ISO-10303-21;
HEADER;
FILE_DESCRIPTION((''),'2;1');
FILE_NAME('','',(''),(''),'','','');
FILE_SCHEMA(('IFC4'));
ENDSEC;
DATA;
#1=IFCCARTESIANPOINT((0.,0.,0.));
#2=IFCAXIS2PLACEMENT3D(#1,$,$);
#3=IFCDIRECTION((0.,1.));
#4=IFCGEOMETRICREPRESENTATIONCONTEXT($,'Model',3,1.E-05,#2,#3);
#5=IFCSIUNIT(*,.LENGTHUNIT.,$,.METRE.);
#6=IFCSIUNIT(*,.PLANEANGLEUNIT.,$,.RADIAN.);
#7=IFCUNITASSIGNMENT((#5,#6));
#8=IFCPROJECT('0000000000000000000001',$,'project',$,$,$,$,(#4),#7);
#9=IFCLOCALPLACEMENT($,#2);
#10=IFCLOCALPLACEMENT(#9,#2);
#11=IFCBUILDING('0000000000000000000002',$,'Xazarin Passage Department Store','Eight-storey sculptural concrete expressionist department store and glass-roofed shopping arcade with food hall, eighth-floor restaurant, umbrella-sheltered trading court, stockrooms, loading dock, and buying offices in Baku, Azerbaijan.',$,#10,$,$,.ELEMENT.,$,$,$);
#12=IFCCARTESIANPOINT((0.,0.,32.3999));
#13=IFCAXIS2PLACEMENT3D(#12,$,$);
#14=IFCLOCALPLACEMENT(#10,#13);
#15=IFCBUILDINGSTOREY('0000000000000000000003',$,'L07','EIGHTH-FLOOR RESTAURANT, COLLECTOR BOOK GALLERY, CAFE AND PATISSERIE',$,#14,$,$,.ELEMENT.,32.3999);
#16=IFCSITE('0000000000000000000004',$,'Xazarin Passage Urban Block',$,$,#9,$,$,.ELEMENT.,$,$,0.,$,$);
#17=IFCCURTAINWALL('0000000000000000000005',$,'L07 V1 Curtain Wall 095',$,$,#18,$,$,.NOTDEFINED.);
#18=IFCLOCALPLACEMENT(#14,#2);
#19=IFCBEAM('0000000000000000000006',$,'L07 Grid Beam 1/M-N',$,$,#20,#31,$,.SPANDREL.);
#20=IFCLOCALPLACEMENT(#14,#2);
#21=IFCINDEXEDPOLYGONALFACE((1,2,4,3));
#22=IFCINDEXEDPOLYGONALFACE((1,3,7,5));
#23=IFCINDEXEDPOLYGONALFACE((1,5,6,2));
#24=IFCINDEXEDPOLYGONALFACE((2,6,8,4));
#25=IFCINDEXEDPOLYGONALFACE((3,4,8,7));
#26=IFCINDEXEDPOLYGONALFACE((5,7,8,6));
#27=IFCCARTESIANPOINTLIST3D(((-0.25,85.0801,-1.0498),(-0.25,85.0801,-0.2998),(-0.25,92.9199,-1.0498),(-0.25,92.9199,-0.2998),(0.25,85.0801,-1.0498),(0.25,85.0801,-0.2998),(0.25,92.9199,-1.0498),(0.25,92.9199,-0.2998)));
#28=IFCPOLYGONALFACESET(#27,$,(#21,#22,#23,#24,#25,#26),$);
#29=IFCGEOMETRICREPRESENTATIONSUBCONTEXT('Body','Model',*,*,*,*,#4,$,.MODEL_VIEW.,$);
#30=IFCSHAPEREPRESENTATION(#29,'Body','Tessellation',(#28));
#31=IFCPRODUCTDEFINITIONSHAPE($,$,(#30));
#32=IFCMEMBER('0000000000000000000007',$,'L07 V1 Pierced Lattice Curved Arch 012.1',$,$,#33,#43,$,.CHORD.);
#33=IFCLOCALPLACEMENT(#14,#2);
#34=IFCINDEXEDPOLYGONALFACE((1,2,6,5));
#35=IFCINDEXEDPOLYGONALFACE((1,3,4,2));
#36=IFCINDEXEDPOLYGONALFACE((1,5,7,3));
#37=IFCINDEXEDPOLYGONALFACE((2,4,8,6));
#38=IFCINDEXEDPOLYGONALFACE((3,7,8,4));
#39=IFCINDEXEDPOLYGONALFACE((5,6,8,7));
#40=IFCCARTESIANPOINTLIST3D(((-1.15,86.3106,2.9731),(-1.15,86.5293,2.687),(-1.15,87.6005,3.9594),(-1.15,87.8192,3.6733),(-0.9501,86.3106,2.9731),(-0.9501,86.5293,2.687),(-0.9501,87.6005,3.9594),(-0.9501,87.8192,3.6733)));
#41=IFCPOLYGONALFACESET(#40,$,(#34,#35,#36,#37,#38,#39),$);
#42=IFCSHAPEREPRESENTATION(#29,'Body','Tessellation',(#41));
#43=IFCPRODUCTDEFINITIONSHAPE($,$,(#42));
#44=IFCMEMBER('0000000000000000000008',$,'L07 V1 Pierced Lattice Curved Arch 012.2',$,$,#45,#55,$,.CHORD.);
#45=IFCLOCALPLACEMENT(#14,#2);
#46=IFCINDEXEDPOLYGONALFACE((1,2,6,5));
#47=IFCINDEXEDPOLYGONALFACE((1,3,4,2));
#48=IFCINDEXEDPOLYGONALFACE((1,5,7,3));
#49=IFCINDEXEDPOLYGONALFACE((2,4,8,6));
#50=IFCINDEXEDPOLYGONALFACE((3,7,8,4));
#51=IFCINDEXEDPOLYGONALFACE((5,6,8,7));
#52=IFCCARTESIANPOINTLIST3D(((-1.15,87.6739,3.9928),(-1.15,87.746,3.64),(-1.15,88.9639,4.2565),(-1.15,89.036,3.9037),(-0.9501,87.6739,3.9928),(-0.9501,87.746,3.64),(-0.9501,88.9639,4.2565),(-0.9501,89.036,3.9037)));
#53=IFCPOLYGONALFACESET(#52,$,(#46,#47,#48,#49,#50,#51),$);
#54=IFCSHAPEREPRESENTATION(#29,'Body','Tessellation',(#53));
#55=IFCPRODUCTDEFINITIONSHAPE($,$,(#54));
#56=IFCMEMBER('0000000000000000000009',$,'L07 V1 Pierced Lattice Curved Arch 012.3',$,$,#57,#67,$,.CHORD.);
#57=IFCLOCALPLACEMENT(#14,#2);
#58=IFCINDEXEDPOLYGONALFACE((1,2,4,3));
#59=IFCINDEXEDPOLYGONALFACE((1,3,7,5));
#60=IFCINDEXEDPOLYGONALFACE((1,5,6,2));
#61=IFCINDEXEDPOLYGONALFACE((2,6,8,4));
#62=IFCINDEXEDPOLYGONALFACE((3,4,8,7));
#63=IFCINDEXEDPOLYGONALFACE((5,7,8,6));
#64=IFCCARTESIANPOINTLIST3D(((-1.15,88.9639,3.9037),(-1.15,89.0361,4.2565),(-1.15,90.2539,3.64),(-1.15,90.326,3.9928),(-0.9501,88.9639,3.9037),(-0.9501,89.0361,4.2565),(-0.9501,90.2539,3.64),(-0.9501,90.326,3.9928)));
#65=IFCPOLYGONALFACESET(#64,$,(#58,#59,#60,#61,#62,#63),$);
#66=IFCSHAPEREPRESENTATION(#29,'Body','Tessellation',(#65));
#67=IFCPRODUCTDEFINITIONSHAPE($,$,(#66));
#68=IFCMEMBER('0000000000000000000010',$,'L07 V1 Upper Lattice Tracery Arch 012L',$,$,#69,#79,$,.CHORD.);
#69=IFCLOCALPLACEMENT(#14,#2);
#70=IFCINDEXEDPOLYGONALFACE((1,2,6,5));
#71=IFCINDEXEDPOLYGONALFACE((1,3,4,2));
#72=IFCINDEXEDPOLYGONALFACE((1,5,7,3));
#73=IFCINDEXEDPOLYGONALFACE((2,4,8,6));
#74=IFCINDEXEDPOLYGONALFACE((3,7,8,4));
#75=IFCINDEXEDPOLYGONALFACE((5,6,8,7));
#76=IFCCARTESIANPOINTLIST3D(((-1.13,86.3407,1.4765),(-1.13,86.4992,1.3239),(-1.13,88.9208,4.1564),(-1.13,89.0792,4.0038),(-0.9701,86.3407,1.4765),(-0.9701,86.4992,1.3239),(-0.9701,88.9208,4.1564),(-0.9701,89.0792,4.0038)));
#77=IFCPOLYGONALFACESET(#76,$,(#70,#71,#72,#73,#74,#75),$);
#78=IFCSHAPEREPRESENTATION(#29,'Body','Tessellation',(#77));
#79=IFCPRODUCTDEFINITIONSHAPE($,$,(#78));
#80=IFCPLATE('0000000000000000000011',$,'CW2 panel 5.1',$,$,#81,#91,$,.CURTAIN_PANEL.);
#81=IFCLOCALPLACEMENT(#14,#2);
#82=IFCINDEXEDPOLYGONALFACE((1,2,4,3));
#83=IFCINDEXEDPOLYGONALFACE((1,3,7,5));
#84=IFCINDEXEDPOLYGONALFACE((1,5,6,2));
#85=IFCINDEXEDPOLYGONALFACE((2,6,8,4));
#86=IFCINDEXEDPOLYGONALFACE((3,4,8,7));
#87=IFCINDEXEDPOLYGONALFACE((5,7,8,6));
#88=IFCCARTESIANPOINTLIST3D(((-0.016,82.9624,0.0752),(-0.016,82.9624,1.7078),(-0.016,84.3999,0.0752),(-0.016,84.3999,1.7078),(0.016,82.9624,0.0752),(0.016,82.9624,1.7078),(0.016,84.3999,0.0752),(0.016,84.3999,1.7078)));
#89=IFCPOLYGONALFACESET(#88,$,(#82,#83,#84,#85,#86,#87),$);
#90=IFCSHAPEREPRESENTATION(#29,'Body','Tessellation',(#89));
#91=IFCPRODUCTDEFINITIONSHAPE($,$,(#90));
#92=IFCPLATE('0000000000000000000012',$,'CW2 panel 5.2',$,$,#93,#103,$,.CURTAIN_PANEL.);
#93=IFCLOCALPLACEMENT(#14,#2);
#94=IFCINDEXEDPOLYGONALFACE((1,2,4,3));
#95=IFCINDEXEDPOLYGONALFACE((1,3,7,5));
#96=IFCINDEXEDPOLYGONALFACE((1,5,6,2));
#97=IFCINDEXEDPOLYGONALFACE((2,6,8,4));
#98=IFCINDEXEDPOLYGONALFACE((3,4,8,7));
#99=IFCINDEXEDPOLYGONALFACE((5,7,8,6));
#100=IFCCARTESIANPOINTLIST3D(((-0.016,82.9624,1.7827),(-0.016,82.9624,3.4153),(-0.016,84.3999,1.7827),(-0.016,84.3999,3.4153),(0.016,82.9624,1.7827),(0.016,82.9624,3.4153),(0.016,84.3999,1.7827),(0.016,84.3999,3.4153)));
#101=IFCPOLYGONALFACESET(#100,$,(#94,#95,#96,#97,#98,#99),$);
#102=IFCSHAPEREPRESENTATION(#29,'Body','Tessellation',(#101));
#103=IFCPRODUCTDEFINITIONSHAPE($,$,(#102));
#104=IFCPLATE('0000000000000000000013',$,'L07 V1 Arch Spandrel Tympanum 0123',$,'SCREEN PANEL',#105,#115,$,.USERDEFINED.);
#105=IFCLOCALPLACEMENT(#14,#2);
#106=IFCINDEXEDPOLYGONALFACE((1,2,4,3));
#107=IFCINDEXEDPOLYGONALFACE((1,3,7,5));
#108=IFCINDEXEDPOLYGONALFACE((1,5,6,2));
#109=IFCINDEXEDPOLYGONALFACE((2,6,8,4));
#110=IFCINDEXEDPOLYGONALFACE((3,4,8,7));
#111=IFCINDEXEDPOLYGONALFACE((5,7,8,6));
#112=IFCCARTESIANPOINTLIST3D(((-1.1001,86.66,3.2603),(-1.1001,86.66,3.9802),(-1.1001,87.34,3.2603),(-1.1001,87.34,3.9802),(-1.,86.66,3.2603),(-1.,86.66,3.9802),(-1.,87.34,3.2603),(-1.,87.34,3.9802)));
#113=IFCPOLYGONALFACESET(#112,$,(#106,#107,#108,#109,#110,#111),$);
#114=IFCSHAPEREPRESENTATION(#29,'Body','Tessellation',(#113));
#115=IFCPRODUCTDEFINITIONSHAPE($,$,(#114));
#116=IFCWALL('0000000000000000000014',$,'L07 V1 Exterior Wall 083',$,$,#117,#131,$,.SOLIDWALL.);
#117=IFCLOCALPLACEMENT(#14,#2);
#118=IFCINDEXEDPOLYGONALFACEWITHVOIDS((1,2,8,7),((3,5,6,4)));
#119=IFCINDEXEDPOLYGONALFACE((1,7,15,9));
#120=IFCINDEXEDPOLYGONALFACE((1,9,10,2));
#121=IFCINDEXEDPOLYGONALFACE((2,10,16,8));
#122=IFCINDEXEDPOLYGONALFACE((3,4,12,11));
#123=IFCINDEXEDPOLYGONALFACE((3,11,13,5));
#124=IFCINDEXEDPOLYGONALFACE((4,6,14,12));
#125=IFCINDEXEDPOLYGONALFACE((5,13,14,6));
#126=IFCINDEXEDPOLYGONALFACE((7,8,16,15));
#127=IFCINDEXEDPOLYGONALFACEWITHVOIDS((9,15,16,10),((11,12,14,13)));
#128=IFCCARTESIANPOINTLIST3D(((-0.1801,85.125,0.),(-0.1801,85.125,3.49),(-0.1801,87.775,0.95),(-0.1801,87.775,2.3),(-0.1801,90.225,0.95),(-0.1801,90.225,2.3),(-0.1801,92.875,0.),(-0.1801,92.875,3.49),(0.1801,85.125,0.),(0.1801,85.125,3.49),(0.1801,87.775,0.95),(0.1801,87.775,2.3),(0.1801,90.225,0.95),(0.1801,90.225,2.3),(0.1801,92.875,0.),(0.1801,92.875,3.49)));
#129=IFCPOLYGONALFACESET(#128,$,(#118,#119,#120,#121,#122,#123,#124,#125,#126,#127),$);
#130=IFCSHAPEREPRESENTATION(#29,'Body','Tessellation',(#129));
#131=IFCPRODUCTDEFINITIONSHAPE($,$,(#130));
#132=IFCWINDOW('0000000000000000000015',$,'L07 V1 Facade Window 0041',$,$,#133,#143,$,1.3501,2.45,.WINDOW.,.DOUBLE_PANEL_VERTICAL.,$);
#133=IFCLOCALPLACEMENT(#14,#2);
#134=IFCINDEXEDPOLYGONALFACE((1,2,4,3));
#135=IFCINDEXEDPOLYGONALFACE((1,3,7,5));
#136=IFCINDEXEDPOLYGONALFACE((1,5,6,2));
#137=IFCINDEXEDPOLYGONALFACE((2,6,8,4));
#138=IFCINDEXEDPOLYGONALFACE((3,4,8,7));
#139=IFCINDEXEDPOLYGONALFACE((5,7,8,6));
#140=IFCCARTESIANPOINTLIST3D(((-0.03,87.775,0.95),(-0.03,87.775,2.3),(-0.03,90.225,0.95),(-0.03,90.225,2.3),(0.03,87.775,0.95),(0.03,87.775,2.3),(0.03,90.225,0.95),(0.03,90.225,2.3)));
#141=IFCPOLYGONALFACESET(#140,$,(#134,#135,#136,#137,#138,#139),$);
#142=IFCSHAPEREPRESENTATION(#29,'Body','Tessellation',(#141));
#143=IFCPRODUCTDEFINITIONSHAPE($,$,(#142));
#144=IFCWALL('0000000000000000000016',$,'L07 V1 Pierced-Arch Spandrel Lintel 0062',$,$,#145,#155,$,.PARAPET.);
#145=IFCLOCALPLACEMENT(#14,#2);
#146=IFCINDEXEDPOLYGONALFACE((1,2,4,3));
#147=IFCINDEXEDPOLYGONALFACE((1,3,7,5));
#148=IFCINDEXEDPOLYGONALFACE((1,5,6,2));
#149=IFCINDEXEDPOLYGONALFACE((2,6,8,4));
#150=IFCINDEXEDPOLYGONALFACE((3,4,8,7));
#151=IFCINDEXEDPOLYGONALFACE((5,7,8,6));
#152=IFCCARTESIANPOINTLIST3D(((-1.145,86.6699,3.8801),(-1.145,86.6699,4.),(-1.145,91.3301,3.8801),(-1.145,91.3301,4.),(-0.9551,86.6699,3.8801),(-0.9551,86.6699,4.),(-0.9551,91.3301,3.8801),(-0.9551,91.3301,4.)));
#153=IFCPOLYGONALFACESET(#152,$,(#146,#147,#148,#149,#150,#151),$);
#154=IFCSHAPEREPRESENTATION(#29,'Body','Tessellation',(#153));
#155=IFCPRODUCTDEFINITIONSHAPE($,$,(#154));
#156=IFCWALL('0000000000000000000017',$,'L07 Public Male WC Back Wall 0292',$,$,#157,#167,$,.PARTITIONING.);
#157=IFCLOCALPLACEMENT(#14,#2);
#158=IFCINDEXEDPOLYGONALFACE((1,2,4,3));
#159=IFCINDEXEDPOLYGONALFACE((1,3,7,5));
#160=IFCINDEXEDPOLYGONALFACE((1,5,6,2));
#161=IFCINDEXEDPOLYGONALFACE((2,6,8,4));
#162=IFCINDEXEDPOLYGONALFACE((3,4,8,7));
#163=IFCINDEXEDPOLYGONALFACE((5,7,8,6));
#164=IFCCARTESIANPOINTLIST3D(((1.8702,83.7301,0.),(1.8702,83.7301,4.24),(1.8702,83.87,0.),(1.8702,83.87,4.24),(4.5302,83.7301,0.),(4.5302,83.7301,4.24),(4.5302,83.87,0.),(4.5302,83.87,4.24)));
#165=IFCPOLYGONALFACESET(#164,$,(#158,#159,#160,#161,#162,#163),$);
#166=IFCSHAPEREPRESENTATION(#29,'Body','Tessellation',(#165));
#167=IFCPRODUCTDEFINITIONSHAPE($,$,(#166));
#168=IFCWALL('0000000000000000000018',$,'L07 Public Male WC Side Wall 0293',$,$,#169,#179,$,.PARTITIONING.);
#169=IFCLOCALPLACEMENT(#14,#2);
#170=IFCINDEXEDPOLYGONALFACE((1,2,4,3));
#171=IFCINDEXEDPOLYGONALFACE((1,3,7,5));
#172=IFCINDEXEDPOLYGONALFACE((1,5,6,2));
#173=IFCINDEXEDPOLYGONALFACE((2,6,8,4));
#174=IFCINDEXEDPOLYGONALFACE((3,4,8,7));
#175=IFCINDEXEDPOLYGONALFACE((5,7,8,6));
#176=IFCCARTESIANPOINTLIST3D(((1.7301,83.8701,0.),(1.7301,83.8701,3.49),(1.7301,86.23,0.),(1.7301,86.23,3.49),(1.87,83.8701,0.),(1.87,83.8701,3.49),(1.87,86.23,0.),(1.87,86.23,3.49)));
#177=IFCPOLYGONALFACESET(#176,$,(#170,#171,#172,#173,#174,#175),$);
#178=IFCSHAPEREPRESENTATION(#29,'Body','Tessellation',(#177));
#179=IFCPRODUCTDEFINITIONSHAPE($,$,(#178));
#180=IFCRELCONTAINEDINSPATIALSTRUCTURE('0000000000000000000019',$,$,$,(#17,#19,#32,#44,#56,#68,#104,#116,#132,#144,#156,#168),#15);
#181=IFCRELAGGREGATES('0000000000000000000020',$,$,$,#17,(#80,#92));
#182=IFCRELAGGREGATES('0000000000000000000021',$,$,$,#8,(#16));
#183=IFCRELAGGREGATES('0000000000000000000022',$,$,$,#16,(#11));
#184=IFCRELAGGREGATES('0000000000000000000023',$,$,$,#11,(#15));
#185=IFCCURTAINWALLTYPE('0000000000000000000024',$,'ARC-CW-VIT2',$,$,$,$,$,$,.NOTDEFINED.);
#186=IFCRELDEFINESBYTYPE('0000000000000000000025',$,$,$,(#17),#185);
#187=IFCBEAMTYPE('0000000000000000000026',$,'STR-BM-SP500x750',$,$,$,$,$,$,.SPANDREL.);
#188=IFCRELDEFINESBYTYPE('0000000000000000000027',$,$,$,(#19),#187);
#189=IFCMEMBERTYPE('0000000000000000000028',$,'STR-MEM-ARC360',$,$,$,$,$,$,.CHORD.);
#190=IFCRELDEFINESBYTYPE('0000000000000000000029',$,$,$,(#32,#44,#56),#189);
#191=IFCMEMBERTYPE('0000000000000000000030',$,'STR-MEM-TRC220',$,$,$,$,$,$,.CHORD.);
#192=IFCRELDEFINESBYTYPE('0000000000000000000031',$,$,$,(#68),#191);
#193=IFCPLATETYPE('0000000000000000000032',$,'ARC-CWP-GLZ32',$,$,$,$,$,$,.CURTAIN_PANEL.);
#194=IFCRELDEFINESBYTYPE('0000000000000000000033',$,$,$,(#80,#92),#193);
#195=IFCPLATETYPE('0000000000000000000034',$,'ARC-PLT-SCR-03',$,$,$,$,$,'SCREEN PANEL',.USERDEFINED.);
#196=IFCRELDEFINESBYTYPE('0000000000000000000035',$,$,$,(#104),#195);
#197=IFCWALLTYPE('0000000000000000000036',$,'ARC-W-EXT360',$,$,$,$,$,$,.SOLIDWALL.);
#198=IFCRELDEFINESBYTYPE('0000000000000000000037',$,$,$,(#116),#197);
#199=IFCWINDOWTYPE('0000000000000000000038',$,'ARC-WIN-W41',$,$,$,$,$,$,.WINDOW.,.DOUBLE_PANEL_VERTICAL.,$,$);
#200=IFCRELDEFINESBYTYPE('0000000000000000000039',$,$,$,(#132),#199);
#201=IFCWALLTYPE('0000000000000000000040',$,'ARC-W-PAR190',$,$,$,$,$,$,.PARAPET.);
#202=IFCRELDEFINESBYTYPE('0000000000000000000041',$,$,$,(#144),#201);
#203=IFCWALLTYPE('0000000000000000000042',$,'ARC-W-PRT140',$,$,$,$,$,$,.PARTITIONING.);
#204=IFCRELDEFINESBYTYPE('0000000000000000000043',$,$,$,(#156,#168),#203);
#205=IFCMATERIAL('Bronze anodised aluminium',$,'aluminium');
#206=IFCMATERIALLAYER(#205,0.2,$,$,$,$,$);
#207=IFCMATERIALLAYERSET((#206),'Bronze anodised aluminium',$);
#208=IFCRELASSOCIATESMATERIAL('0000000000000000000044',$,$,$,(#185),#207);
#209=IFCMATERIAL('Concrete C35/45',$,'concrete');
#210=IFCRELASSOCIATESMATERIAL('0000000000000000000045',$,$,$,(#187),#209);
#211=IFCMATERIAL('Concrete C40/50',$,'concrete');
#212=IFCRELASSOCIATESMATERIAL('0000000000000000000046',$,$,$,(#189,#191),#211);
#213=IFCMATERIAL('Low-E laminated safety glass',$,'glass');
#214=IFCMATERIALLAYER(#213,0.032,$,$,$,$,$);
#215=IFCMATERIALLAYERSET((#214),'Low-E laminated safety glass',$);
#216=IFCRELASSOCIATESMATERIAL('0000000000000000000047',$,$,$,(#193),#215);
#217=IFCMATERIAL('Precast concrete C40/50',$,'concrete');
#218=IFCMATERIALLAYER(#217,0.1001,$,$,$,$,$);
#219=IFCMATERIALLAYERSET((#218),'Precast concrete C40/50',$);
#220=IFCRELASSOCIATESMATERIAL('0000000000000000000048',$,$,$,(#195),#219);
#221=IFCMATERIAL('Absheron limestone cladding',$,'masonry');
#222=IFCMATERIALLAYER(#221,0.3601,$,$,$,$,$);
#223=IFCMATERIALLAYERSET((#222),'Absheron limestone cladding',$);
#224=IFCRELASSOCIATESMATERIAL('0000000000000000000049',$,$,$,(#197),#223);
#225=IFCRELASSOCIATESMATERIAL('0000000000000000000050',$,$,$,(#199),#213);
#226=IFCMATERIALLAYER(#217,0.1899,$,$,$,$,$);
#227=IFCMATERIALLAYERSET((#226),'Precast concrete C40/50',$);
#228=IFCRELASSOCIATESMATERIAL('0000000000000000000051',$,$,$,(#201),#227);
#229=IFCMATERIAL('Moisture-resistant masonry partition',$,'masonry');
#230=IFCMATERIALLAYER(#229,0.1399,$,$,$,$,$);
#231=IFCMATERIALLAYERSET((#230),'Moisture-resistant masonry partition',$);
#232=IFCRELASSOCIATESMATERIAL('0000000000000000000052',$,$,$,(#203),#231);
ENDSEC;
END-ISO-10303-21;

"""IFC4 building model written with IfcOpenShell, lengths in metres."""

from ifc_helpers import new_model, si_unit, direction, frame, frame_2d, origin, origin_2d, place, context, subcontext, project, spatial, rectangle, extrude, material, layer, layer_set, material_profile, profile_set, type_object, element, fill, aggregate, save


model = new_model("IFC4")

# Units and contexts
model_context = context("Model", 3, precision=1e-05, world=origin(), true_north=direction((0.0, 1.0)))
body_context = subcontext(model_context, "Body", "Model", "MODEL_VIEW")
ifc_project = project(units=[si_unit("LENGTHUNIT", "METRE"), si_unit("PLANEANGLEUNIT", "RADIAN")], contexts=[model_context])

# Site, building, storey
site_placement = place(None, origin())
site = spatial("IfcSite", under=ifc_project, at=site_placement, Name="Xazarin Passage Urban Block", CompositionType="ELEMENT", RefElevation=0.0)
building_placement = place(site_placement, origin())
building = spatial("IfcBuilding", under=site, at=building_placement, Name="Xazarin Passage Department Store", Description="Eight-storey sculptural concrete expressionist department store and glass-roofed shopping arcade with food hall, eighth-floor restaurant, umbrella-sheltered trading court, stockrooms, loading dock, and buying offices in Baku, Azerbaijan.", CompositionType="ELEMENT")
storey_placement = place(building_placement, frame((0.0, 0.0, 32.3999)))
storey = spatial("IfcBuildingStorey", under=building, at=storey_placement, Name="L07", Description="EIGHTH-FLOOR RESTAURANT, COLLECTOR BOOK GALLERY, CAFE AND PATISSERIE", CompositionType="ELEMENT", Elevation=32.3999)

# Shared definitions
ifc_material_1 = material(Name="Concrete C40/50", Category="concrete")

# Curtain wall
ifc_material_2 = material(Name="Bronze anodised aluminium", Category="aluminium")
ifc_layer_1 = layer(ifc_material_2, 0.2)
ifc_layer_set_1 = layer_set([ifc_layer_1], Name="Bronze anodised aluminium")
curtain_wall_type = type_object("IfcCurtainWallType", Name="ARC-CW-VIT2", PredefinedType="NOTDEFINED", material=ifc_layer_set_1)
curtain_wall_placement = place(storey_placement, origin())
curtain_wall = element("IfcCurtainWall", 1, at=curtain_wall_placement, inside=storey, type_object=curtain_wall_type, Name="L07 V1 Curtain Wall 095", PredefinedType="NOTDEFINED")

# Beam
ifc_material_3 = material(Name="Concrete C35/45", Category="concrete")
ifc_material_profile_1 = material_profile(ifc_material_3, rectangle(XDim=0.5, YDim=0.75, at=origin_2d()), Name="RC 500x750")
ifc_profile_set_1 = profile_set([ifc_material_profile_1], Name="Concrete C35/45")
beam_type_1 = type_object("IfcBeamType", Name="STR-BM-SP500x750", PredefinedType="SPANDREL", material=ifc_profile_set_1)
beam_1_placement = place(storey_placement, frame((0.0, 85.0801, -0.6748), z_axis=(0.0, 1.0, 0.0), x_axis=(-1.0, 0.0, 0.0)))
element("IfcBeam", 2, at=beam_1_placement, inside=storey, type_object=beam_type_1, Name="L07 Grid Beam 1/M-N", PredefinedType="SPANDREL", context=body_context, shape_type="SweptSolid", body=[
    extrude(rectangle(XDim=0.5, YDim=0.75, at=origin_2d()), origin(), (0.0, 0.0, 1.0), 7.8398),
])

# Members
ifc_material_profile_2 = material_profile(ifc_material_1, rectangle(XDim=0.2, YDim=0.3601, at=origin_2d()), Name="RC 200x360")
ifc_profile_set_2 = profile_set([ifc_material_profile_2], Name="Concrete C40/50")
member_type_1 = type_object("IfcMemberType", Name="STR-MEM-ARC360", PredefinedType="CHORD", material=ifc_profile_set_2)
member_1_placement = place(storey_placement, frame((-1.05, 86.4199, 2.8301), z_axis=(0.0, 0.794409, 0.607383), x_axis=(-1.0, 0.0, 0.0)))
element("IfcMember", 3, at=member_1_placement, inside=storey, type_object=member_type_1, Name="L07 V1 Pierced Lattice Curved Arch 012.1", PredefinedType="CHORD", context=body_context, shape_type="SweptSolid", body=[
    extrude(rectangle(XDim=0.2, YDim=0.3601, at=origin_2d()), origin(), (0.0, 0.0, 1.0), 1.6238),
])
for number, where, z_axis, x_axis, name in (
    (4, (-1.05, 87.71, 3.8164), (0.0, 0.979745, 0.200251), (-1.0, 0.0, 0.0), "L07 V1 Pierced Lattice Curved Arch 012.2"),
    (5, (-1.05, 89.0, 4.0801), (0.0, 0.979745, -0.200251), (-1.0, 0.0, 0.0), "L07 V1 Pierced Lattice Curved Arch 012.3"),
):
    element("IfcMember", number, at=place(storey_placement, frame(where, z_axis=z_axis, x_axis=x_axis)), inside=storey, type_object=member_type_1, Name=name, PredefinedType="CHORD", context=body_context, shape_type="SweptSolid", body=[
        extrude(rectangle(XDim=0.2, YDim=0.3601, at=origin_2d()), origin(), (0.0, 0.0, 1.0), 1.3167),
    ])
ifc_material_profile_3 = material_profile(ifc_material_1, rectangle(XDim=0.1599, YDim=0.22, at=origin_2d()), Name="RC 160x220")
ifc_profile_set_3 = profile_set([ifc_material_profile_3], Name="Concrete C40/50")
member_type_2 = type_object("IfcMemberType", Name="STR-MEM-TRC220", PredefinedType="CHORD", material=ifc_profile_set_3)
member_2_placement = place(storey_placement, frame((-1.05, 89.0, 4.0801), z_axis=(0.0, -0.693558, -0.7204), x_axis=(1.0, 0.0, 0.0)))
element("IfcMember", 6, at=member_2_placement, inside=storey, type_object=member_type_2, Name="L07 V1 Upper Lattice Tracery Arch 012L", PredefinedType="CHORD", context=body_context, shape_type="SweptSolid", body=[
    extrude(rectangle(XDim=0.1599, YDim=0.22, at=origin_2d()), origin(), (0.0, 0.0, 1.0), 3.72),
])

# Plates
ifc_material_4 = material(Name="Low-E laminated safety glass", Category="glass")
ifc_layer_2 = layer(ifc_material_4, 0.032)
ifc_layer_set_2 = layer_set([ifc_layer_2], Name="Low-E laminated safety glass")
plate_type_1 = type_object("IfcPlateType", Name="ARC-CWP-GLZ32", PredefinedType="CURTAIN_PANEL", material=ifc_layer_set_2)
plate_1_placement = place(storey_placement, frame((0.0, 83.6812, 0.0752), z_axis=(0.0, 0.0, 1.0), x_axis=(0.0, 1.0, 0.0)))
plate_1 = element("IfcPlate", 7, at=plate_1_placement, type_object=plate_type_1, Name="CW2 panel 5.1", PredefinedType="CURTAIN_PANEL", context=body_context, shape_type="SweptSolid", body=[
    extrude(rectangle(XDim=1.4375, YDim=0.032, at=origin_2d()), origin(), (0.0, 0.0, 1.0), 1.6326),
])
plate_2_placement = place(storey_placement, frame((0.0, 83.6812, 1.7827), z_axis=(0.0, 0.0, 1.0), x_axis=(0.0, 1.0, 0.0)))
plate_2 = element("IfcPlate", 8, at=plate_2_placement, type_object=plate_type_1, Name="CW2 panel 5.2", PredefinedType="CURTAIN_PANEL", context=body_context, shape_type="SweptSolid", body=[
    extrude(rectangle(XDim=1.4375, YDim=0.032, at=origin_2d()), origin(), (0.0, 0.0, 1.0), 1.6326),
])
aggregate(curtain_wall, [plate_1, plate_2])
ifc_material_5 = material(Name="Precast concrete C40/50", Category="concrete")
ifc_layer_3 = layer(ifc_material_5, 0.1001)
ifc_layer_set_3 = layer_set([ifc_layer_3], Name="Precast concrete C40/50")
plate_type_2 = type_object("IfcPlateType", Name="ARC-PLT-SCR-03", ElementType="SCREEN PANEL", PredefinedType="USERDEFINED", material=ifc_layer_set_3)
plate_3_placement = place(storey_placement, frame((-1.05, 87.0, 3.2603), z_axis=(0.0, 0.0, 1.0), x_axis=(0.0, 1.0, 0.0)))
element("IfcPlate", 9, at=plate_3_placement, inside=storey, type_object=plate_type_2, Name="L07 V1 Arch Spandrel Tympanum 0123", ObjectType="SCREEN PANEL", PredefinedType="USERDEFINED", context=body_context, shape_type="SweptSolid", body=[
    extrude(rectangle(XDim=0.6799, YDim=0.1001, at=origin_2d()), origin(), (0.0, 0.0, 1.0), 0.72),
])

# Wall, opening, window
ifc_material_6 = material(Name="Absheron limestone cladding", Category="masonry")
ifc_layer_4 = layer(ifc_material_6, 0.3601)
ifc_layer_set_4 = layer_set([ifc_layer_4], Name="Absheron limestone cladding")
wall_type_1 = type_object("IfcWallType", Name="ARC-W-EXT360", PredefinedType="SOLIDWALL", material=ifc_layer_set_4)
wall_1_placement = place(storey_placement, frame((0.0, 85.125, 0.0), z_axis=(0.0, 0.0, 1.0), x_axis=(0.0, 1.0, 0.0)))
wall_1 = element("IfcWall", 10, at=wall_1_placement, inside=storey, type_object=wall_type_1, Name="L07 V1 Exterior Wall 083", PredefinedType="SOLIDWALL", context=body_context, shape_type="SweptSolid", body=[
    extrude(rectangle(XDim=7.75, YDim=0.3601, at=frame_2d((3.875, 0.0))), origin(), (0.0, 0.0, 1.0), 3.49),
])
opening_1_placement = place(wall_1_placement, frame((2.6499, 0.0, 0.95)))
opening_1 = element("IfcOpeningElement", 11, at=opening_1_placement, cuts=wall_1, PredefinedType="OPENING", context=body_context, shape_type="SweptSolid", body=[
    extrude(rectangle(XDim=2.45, YDim=1.3501, at=frame_2d((1.2251, 0.675))), frame((0.0, 0.1899, 0.0), z_axis=(0.0, -1.0, 0.0), x_axis=(1.0, 0.0, 0.0)), (0.0, 0.0, 1.0), 0.3801),
])
window_type = type_object("IfcWindowType", Name="ARC-WIN-W41", PartitioningType="DOUBLE_PANEL_VERTICAL", PredefinedType="WINDOW", material=ifc_material_4)
window_placement = place(opening_1_placement, origin())
window = element("IfcWindow", 12, at=window_placement, inside=storey, type_object=window_type, Name="L07 V1 Facade Window 0041", OverallHeight=1.3501, OverallWidth=2.45, PartitioningType="DOUBLE_PANEL_VERTICAL", PredefinedType="WINDOW", context=body_context, shape_type="SweptSolid", body=[
    extrude(rectangle(XDim=2.45, YDim=1.3501, at=frame_2d((1.2251, 0.675))), frame((0.0, 0.03, 0.0), z_axis=(0.0, -1.0, 0.0), x_axis=(1.0, 0.0, 0.0)), (0.0, 0.0, 1.0), 0.0601),
])
fill(opening_1, window)

# Wall
ifc_layer_5 = layer(ifc_material_5, 0.1899)
ifc_layer_set_5 = layer_set([ifc_layer_5], Name="Precast concrete C40/50")
wall_type_2 = type_object("IfcWallType", Name="ARC-W-PAR190", PredefinedType="PARAPET", material=ifc_layer_set_5)
wall_2_placement = place(storey_placement, frame((-1.05, 86.6699, 3.8801), z_axis=(0.0, 0.0, 1.0), x_axis=(0.0, 1.0, 0.0)))
element("IfcWall", 13, at=wall_2_placement, inside=storey, type_object=wall_type_2, Name="L07 V1 Pierced-Arch Spandrel Lintel 0062", PredefinedType="PARAPET", context=body_context, shape_type="SweptSolid", body=[
    extrude(rectangle(XDim=4.6602, YDim=0.1899, at=frame_2d((2.3301, 0.0))), origin(), (0.0, 0.0, 1.0), 0.1199),
])

# Shared definitions
ifc_material_7 = material(Name="Moisture-resistant masonry partition", Category="masonry")
ifc_layer_6 = layer(ifc_material_7, 0.1399)
ifc_layer_set_6 = layer_set([ifc_layer_6], Name="Moisture-resistant masonry partition")
wall_type_3 = type_object("IfcWallType", Name="ARC-W-PRT140", PredefinedType="PARTITIONING", material=ifc_layer_set_6)

# Walls
wall_3_placement = place(storey_placement, frame((1.8701, 83.8, 0.0), z_axis=(0.0, 0.0, 1.0), x_axis=(1.0, 0.0, 0.0)))
element("IfcWall", 14, at=wall_3_placement, inside=storey, type_object=wall_type_3, Name="L07 Public Male WC Back Wall 0292", PredefinedType="PARTITIONING", context=body_context, shape_type="SweptSolid", body=[
    extrude(rectangle(XDim=2.6599, YDim=0.1399, at=frame_2d((1.3301, 0.0))), origin(), (0.0, 0.0, 1.0), 4.24),
])
for number, where, z_axis, x_axis, name in (
    (15, (1.8, 83.8701, 0.0), (0.0, 0.0, 1.0), (0.0, 1.0, 0.0), "L07 Public Male WC Side Wall 0293"),
):
    element("IfcWall", number, at=place(storey_placement, frame(where, z_axis=z_axis, x_axis=x_axis)), inside=storey, type_object=wall_type_3, Name=name, PredefinedType="PARTITIONING", context=body_context, shape_type="SweptSolid", body=[
        extrude(rectangle(XDim=2.3599, YDim=0.1399, at=frame_2d((1.1799, 0.0))), origin(), (0.0, 0.0, 1.0), 3.49),
    ])

save(model, "model.ifc")
